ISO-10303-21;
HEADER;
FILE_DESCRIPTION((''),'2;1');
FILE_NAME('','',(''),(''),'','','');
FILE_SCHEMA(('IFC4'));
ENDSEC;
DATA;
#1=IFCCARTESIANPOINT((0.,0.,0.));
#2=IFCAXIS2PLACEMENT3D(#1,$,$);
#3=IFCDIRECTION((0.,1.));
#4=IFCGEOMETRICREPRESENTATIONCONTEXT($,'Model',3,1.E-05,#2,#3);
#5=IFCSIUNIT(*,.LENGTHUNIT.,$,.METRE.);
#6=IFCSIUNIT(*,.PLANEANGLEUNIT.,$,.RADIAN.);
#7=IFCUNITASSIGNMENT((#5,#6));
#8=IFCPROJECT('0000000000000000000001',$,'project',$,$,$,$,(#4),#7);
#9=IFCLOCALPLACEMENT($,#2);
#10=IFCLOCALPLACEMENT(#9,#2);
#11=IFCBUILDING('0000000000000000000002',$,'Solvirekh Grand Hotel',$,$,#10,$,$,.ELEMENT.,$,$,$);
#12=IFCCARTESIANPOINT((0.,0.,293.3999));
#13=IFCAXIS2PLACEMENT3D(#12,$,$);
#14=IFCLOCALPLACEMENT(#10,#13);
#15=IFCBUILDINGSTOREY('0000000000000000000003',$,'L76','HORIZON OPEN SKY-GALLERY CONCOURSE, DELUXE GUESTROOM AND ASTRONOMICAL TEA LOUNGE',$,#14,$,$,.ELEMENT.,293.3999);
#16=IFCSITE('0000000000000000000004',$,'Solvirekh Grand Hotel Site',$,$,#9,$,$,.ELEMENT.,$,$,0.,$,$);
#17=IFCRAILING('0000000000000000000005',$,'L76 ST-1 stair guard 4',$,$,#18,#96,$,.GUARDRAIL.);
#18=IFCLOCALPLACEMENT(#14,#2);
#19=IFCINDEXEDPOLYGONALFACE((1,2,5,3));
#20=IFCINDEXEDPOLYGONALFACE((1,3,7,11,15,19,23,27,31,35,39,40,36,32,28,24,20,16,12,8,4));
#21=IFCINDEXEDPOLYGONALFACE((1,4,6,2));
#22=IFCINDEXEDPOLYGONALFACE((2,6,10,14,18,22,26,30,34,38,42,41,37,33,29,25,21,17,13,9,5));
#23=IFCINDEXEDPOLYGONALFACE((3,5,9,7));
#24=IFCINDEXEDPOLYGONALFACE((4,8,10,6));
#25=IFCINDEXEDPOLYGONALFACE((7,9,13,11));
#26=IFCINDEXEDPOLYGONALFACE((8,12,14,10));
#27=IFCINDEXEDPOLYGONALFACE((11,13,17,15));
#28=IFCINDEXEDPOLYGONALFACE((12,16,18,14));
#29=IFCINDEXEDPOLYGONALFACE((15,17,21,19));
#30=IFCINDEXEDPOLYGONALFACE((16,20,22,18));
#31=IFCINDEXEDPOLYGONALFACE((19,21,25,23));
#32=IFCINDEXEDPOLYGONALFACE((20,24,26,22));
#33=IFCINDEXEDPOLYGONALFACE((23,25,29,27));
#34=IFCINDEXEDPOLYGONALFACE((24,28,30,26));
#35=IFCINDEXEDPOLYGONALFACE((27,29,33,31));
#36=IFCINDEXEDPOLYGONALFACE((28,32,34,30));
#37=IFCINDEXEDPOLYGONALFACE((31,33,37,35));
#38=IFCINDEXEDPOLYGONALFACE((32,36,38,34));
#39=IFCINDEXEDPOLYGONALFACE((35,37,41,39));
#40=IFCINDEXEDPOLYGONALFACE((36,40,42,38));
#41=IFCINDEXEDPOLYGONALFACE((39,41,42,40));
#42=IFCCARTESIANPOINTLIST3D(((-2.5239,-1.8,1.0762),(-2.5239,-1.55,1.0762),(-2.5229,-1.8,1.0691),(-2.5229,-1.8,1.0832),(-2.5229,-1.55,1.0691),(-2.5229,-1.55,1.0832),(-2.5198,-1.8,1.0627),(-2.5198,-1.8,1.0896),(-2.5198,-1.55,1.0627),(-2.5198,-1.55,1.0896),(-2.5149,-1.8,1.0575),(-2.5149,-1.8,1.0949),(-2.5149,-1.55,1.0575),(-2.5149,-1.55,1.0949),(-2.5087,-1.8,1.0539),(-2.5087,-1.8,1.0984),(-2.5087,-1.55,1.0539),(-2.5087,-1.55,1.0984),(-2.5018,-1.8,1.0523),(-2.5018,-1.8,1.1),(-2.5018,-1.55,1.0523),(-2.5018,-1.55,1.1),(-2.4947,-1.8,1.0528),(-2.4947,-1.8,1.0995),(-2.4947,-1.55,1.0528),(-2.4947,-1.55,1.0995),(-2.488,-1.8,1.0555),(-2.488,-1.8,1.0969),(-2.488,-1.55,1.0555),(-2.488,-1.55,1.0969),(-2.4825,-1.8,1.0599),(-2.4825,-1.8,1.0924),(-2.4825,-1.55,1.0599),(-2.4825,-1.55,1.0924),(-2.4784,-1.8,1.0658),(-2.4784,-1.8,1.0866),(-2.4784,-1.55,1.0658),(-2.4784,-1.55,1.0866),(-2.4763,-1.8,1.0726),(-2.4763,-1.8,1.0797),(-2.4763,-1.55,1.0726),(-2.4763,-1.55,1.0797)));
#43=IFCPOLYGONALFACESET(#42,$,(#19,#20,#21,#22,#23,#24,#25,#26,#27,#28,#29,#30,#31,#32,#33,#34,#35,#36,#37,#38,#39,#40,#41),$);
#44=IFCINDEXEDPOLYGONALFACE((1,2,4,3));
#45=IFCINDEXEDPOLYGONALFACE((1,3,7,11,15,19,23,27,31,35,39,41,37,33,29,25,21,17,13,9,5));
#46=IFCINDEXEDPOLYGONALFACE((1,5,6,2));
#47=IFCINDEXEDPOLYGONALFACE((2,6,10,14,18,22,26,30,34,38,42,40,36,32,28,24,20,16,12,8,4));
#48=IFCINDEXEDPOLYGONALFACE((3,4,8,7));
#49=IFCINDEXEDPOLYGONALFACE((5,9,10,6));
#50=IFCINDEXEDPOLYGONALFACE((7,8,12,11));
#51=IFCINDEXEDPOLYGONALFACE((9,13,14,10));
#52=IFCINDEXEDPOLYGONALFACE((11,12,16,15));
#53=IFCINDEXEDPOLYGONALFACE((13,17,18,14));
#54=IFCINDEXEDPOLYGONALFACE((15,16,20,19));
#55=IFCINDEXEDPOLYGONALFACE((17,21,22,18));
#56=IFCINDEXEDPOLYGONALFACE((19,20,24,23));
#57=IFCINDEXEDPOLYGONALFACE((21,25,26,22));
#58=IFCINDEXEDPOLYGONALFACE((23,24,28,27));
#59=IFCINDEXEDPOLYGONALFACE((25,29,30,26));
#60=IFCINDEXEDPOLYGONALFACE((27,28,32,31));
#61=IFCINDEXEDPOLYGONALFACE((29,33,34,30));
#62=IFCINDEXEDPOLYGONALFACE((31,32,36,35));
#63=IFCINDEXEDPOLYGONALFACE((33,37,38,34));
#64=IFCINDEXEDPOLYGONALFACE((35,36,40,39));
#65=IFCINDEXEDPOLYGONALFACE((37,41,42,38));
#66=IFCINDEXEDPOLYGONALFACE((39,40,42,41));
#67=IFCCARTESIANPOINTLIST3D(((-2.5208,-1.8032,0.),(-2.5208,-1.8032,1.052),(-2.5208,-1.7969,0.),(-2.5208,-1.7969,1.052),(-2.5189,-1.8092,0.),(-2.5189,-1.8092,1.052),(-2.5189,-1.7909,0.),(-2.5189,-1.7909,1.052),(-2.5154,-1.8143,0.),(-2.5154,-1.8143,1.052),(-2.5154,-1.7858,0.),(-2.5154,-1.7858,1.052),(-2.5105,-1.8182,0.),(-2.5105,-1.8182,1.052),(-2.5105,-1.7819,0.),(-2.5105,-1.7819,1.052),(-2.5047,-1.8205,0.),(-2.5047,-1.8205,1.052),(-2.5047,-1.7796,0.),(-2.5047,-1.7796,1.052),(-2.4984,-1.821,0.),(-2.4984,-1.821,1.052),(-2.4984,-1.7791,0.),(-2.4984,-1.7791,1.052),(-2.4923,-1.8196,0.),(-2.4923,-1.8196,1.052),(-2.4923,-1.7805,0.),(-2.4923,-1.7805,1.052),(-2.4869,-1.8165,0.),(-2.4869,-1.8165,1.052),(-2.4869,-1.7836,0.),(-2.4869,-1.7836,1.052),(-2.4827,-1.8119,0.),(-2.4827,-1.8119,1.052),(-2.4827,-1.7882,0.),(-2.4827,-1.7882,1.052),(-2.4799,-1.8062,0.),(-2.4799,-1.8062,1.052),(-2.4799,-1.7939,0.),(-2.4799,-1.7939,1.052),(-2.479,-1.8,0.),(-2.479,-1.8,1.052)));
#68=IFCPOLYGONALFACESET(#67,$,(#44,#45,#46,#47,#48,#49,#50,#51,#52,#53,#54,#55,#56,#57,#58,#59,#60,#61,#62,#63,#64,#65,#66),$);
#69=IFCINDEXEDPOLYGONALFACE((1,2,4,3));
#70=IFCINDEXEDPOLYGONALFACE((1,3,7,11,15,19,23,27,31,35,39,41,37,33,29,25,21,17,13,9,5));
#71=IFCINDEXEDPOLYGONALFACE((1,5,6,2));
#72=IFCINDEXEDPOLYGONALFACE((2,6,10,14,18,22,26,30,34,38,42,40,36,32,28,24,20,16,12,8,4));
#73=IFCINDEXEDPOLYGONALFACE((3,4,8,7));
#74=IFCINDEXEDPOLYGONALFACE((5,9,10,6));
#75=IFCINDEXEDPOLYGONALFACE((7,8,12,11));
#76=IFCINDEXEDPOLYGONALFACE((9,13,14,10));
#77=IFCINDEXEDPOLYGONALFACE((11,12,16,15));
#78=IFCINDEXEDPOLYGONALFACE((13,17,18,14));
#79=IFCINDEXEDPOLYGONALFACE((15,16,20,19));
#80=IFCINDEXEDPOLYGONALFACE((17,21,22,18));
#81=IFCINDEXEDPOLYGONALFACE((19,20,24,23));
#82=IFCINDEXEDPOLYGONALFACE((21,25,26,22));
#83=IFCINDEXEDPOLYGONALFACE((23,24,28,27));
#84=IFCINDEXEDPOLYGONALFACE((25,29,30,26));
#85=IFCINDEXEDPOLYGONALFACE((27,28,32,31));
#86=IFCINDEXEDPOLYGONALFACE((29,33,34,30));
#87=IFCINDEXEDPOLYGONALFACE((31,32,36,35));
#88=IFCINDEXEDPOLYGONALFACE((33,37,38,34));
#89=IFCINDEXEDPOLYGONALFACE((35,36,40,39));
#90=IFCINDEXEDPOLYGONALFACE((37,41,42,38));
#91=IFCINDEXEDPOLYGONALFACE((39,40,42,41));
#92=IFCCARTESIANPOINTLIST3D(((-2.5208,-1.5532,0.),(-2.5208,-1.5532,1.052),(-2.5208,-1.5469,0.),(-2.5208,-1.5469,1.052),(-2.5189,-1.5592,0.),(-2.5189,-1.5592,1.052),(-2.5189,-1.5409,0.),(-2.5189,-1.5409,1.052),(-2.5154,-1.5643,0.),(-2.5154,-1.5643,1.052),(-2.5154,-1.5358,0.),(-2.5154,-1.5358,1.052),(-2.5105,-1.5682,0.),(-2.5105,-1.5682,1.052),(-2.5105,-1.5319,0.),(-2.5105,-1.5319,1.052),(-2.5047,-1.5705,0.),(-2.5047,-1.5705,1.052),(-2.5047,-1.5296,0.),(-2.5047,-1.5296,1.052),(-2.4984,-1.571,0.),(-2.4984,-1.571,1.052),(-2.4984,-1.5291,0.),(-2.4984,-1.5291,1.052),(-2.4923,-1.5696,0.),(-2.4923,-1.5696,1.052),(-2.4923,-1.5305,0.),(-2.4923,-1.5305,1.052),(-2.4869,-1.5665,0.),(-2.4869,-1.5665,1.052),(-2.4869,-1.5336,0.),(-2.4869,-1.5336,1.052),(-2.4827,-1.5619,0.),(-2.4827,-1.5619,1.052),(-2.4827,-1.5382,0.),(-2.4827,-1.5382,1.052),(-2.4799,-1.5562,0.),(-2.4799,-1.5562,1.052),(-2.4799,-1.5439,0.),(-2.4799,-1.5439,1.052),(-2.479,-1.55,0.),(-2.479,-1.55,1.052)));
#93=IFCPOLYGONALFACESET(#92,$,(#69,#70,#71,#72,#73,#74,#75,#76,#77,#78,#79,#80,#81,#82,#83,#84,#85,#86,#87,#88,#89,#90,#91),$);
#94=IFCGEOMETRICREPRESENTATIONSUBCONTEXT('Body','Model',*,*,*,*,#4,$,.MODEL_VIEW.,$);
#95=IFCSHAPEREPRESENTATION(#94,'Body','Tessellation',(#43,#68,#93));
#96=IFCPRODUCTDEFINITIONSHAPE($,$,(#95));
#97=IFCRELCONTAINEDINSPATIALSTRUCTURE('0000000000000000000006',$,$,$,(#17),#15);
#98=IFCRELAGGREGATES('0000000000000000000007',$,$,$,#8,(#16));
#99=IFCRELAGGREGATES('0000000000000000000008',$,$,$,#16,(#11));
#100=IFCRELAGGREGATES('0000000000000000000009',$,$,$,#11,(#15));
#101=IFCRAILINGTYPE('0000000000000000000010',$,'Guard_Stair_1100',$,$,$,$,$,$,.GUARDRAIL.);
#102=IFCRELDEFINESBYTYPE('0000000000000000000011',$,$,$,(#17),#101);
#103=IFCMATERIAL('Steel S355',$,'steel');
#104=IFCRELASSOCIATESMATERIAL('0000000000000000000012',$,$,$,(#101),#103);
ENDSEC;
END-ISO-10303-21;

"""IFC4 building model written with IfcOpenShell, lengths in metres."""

from ifc_helpers import new_model, si_unit, direction, frame, origin, origin_2d, place, context, subcontext, project, spatial, circle, extrude, material, type_object, element, save


model = new_model("IFC4")

# Units and contexts
model_context = context("Model", 3, precision=1e-05, world=origin(), true_north=direction((0.0, 1.0)))
body_context = subcontext(model_context, "Body", "Model", "MODEL_VIEW")
ifc_project = project(units=[si_unit("LENGTHUNIT", "METRE"), si_unit("PLANEANGLEUNIT", "RADIAN")], contexts=[model_context])

# Site, building, storey
site_placement = place(None, origin())
site = spatial("IfcSite", under=ifc_project, at=site_placement, Name="Solvirekh Grand Hotel Site", CompositionType="ELEMENT", RefElevation=0.0)
building_placement = place(site_placement, origin())
building = spatial("IfcBuilding", under=site, at=building_placement, Name="Solvirekh Grand Hotel", CompositionType="ELEMENT")
storey_placement = place(building_placement, frame((0.0, 0.0, 293.3999)))
storey = spatial("IfcBuildingStorey", under=building, at=storey_placement, Name="L76", Description="HORIZON OPEN SKY-GALLERY CONCOURSE, DELUXE GUESTROOM AND ASTRONOMICAL TEA LOUNGE", CompositionType="ELEMENT", Elevation=293.3999)

# Railing
ifc_material_1 = material(Name="Steel S355", Category="steel")
railing_type_1 = type_object("IfcRailingType", Name="Guard_Stair_1100", PredefinedType="GUARDRAIL", material=ifc_material_1)
railing_1_placement = place(storey_placement, frame((-2.5, -1.8, 0.0)))
element("IfcRailing", 1, at=railing_1_placement, inside=storey, type_object=railing_type_1, Name="L76 ST-1 stair guard 4", PredefinedType="GUARDRAIL", context=body_context, shape_type="SweptSolid", body=[
    extrude(circle(Radius=0.0239, at=origin_2d()), frame((0.0, 0.0, 1.0762), z_axis=(0.0, 1.0, 0.0), x_axis=(-1.0, 0.0, 0.0)), (0.0, 0.0, 1.0), 0.25),
    extrude(circle(Radius=0.021, at=origin_2d()), origin(), (0.0, 0.0, 1.0), 1.052),
    extrude(circle(Radius=0.021, at=origin_2d()), frame((0.0, 0.25, 0.0)), (0.0, 0.0, 1.0), 1.052),
])

save(model, "model.ifc")
